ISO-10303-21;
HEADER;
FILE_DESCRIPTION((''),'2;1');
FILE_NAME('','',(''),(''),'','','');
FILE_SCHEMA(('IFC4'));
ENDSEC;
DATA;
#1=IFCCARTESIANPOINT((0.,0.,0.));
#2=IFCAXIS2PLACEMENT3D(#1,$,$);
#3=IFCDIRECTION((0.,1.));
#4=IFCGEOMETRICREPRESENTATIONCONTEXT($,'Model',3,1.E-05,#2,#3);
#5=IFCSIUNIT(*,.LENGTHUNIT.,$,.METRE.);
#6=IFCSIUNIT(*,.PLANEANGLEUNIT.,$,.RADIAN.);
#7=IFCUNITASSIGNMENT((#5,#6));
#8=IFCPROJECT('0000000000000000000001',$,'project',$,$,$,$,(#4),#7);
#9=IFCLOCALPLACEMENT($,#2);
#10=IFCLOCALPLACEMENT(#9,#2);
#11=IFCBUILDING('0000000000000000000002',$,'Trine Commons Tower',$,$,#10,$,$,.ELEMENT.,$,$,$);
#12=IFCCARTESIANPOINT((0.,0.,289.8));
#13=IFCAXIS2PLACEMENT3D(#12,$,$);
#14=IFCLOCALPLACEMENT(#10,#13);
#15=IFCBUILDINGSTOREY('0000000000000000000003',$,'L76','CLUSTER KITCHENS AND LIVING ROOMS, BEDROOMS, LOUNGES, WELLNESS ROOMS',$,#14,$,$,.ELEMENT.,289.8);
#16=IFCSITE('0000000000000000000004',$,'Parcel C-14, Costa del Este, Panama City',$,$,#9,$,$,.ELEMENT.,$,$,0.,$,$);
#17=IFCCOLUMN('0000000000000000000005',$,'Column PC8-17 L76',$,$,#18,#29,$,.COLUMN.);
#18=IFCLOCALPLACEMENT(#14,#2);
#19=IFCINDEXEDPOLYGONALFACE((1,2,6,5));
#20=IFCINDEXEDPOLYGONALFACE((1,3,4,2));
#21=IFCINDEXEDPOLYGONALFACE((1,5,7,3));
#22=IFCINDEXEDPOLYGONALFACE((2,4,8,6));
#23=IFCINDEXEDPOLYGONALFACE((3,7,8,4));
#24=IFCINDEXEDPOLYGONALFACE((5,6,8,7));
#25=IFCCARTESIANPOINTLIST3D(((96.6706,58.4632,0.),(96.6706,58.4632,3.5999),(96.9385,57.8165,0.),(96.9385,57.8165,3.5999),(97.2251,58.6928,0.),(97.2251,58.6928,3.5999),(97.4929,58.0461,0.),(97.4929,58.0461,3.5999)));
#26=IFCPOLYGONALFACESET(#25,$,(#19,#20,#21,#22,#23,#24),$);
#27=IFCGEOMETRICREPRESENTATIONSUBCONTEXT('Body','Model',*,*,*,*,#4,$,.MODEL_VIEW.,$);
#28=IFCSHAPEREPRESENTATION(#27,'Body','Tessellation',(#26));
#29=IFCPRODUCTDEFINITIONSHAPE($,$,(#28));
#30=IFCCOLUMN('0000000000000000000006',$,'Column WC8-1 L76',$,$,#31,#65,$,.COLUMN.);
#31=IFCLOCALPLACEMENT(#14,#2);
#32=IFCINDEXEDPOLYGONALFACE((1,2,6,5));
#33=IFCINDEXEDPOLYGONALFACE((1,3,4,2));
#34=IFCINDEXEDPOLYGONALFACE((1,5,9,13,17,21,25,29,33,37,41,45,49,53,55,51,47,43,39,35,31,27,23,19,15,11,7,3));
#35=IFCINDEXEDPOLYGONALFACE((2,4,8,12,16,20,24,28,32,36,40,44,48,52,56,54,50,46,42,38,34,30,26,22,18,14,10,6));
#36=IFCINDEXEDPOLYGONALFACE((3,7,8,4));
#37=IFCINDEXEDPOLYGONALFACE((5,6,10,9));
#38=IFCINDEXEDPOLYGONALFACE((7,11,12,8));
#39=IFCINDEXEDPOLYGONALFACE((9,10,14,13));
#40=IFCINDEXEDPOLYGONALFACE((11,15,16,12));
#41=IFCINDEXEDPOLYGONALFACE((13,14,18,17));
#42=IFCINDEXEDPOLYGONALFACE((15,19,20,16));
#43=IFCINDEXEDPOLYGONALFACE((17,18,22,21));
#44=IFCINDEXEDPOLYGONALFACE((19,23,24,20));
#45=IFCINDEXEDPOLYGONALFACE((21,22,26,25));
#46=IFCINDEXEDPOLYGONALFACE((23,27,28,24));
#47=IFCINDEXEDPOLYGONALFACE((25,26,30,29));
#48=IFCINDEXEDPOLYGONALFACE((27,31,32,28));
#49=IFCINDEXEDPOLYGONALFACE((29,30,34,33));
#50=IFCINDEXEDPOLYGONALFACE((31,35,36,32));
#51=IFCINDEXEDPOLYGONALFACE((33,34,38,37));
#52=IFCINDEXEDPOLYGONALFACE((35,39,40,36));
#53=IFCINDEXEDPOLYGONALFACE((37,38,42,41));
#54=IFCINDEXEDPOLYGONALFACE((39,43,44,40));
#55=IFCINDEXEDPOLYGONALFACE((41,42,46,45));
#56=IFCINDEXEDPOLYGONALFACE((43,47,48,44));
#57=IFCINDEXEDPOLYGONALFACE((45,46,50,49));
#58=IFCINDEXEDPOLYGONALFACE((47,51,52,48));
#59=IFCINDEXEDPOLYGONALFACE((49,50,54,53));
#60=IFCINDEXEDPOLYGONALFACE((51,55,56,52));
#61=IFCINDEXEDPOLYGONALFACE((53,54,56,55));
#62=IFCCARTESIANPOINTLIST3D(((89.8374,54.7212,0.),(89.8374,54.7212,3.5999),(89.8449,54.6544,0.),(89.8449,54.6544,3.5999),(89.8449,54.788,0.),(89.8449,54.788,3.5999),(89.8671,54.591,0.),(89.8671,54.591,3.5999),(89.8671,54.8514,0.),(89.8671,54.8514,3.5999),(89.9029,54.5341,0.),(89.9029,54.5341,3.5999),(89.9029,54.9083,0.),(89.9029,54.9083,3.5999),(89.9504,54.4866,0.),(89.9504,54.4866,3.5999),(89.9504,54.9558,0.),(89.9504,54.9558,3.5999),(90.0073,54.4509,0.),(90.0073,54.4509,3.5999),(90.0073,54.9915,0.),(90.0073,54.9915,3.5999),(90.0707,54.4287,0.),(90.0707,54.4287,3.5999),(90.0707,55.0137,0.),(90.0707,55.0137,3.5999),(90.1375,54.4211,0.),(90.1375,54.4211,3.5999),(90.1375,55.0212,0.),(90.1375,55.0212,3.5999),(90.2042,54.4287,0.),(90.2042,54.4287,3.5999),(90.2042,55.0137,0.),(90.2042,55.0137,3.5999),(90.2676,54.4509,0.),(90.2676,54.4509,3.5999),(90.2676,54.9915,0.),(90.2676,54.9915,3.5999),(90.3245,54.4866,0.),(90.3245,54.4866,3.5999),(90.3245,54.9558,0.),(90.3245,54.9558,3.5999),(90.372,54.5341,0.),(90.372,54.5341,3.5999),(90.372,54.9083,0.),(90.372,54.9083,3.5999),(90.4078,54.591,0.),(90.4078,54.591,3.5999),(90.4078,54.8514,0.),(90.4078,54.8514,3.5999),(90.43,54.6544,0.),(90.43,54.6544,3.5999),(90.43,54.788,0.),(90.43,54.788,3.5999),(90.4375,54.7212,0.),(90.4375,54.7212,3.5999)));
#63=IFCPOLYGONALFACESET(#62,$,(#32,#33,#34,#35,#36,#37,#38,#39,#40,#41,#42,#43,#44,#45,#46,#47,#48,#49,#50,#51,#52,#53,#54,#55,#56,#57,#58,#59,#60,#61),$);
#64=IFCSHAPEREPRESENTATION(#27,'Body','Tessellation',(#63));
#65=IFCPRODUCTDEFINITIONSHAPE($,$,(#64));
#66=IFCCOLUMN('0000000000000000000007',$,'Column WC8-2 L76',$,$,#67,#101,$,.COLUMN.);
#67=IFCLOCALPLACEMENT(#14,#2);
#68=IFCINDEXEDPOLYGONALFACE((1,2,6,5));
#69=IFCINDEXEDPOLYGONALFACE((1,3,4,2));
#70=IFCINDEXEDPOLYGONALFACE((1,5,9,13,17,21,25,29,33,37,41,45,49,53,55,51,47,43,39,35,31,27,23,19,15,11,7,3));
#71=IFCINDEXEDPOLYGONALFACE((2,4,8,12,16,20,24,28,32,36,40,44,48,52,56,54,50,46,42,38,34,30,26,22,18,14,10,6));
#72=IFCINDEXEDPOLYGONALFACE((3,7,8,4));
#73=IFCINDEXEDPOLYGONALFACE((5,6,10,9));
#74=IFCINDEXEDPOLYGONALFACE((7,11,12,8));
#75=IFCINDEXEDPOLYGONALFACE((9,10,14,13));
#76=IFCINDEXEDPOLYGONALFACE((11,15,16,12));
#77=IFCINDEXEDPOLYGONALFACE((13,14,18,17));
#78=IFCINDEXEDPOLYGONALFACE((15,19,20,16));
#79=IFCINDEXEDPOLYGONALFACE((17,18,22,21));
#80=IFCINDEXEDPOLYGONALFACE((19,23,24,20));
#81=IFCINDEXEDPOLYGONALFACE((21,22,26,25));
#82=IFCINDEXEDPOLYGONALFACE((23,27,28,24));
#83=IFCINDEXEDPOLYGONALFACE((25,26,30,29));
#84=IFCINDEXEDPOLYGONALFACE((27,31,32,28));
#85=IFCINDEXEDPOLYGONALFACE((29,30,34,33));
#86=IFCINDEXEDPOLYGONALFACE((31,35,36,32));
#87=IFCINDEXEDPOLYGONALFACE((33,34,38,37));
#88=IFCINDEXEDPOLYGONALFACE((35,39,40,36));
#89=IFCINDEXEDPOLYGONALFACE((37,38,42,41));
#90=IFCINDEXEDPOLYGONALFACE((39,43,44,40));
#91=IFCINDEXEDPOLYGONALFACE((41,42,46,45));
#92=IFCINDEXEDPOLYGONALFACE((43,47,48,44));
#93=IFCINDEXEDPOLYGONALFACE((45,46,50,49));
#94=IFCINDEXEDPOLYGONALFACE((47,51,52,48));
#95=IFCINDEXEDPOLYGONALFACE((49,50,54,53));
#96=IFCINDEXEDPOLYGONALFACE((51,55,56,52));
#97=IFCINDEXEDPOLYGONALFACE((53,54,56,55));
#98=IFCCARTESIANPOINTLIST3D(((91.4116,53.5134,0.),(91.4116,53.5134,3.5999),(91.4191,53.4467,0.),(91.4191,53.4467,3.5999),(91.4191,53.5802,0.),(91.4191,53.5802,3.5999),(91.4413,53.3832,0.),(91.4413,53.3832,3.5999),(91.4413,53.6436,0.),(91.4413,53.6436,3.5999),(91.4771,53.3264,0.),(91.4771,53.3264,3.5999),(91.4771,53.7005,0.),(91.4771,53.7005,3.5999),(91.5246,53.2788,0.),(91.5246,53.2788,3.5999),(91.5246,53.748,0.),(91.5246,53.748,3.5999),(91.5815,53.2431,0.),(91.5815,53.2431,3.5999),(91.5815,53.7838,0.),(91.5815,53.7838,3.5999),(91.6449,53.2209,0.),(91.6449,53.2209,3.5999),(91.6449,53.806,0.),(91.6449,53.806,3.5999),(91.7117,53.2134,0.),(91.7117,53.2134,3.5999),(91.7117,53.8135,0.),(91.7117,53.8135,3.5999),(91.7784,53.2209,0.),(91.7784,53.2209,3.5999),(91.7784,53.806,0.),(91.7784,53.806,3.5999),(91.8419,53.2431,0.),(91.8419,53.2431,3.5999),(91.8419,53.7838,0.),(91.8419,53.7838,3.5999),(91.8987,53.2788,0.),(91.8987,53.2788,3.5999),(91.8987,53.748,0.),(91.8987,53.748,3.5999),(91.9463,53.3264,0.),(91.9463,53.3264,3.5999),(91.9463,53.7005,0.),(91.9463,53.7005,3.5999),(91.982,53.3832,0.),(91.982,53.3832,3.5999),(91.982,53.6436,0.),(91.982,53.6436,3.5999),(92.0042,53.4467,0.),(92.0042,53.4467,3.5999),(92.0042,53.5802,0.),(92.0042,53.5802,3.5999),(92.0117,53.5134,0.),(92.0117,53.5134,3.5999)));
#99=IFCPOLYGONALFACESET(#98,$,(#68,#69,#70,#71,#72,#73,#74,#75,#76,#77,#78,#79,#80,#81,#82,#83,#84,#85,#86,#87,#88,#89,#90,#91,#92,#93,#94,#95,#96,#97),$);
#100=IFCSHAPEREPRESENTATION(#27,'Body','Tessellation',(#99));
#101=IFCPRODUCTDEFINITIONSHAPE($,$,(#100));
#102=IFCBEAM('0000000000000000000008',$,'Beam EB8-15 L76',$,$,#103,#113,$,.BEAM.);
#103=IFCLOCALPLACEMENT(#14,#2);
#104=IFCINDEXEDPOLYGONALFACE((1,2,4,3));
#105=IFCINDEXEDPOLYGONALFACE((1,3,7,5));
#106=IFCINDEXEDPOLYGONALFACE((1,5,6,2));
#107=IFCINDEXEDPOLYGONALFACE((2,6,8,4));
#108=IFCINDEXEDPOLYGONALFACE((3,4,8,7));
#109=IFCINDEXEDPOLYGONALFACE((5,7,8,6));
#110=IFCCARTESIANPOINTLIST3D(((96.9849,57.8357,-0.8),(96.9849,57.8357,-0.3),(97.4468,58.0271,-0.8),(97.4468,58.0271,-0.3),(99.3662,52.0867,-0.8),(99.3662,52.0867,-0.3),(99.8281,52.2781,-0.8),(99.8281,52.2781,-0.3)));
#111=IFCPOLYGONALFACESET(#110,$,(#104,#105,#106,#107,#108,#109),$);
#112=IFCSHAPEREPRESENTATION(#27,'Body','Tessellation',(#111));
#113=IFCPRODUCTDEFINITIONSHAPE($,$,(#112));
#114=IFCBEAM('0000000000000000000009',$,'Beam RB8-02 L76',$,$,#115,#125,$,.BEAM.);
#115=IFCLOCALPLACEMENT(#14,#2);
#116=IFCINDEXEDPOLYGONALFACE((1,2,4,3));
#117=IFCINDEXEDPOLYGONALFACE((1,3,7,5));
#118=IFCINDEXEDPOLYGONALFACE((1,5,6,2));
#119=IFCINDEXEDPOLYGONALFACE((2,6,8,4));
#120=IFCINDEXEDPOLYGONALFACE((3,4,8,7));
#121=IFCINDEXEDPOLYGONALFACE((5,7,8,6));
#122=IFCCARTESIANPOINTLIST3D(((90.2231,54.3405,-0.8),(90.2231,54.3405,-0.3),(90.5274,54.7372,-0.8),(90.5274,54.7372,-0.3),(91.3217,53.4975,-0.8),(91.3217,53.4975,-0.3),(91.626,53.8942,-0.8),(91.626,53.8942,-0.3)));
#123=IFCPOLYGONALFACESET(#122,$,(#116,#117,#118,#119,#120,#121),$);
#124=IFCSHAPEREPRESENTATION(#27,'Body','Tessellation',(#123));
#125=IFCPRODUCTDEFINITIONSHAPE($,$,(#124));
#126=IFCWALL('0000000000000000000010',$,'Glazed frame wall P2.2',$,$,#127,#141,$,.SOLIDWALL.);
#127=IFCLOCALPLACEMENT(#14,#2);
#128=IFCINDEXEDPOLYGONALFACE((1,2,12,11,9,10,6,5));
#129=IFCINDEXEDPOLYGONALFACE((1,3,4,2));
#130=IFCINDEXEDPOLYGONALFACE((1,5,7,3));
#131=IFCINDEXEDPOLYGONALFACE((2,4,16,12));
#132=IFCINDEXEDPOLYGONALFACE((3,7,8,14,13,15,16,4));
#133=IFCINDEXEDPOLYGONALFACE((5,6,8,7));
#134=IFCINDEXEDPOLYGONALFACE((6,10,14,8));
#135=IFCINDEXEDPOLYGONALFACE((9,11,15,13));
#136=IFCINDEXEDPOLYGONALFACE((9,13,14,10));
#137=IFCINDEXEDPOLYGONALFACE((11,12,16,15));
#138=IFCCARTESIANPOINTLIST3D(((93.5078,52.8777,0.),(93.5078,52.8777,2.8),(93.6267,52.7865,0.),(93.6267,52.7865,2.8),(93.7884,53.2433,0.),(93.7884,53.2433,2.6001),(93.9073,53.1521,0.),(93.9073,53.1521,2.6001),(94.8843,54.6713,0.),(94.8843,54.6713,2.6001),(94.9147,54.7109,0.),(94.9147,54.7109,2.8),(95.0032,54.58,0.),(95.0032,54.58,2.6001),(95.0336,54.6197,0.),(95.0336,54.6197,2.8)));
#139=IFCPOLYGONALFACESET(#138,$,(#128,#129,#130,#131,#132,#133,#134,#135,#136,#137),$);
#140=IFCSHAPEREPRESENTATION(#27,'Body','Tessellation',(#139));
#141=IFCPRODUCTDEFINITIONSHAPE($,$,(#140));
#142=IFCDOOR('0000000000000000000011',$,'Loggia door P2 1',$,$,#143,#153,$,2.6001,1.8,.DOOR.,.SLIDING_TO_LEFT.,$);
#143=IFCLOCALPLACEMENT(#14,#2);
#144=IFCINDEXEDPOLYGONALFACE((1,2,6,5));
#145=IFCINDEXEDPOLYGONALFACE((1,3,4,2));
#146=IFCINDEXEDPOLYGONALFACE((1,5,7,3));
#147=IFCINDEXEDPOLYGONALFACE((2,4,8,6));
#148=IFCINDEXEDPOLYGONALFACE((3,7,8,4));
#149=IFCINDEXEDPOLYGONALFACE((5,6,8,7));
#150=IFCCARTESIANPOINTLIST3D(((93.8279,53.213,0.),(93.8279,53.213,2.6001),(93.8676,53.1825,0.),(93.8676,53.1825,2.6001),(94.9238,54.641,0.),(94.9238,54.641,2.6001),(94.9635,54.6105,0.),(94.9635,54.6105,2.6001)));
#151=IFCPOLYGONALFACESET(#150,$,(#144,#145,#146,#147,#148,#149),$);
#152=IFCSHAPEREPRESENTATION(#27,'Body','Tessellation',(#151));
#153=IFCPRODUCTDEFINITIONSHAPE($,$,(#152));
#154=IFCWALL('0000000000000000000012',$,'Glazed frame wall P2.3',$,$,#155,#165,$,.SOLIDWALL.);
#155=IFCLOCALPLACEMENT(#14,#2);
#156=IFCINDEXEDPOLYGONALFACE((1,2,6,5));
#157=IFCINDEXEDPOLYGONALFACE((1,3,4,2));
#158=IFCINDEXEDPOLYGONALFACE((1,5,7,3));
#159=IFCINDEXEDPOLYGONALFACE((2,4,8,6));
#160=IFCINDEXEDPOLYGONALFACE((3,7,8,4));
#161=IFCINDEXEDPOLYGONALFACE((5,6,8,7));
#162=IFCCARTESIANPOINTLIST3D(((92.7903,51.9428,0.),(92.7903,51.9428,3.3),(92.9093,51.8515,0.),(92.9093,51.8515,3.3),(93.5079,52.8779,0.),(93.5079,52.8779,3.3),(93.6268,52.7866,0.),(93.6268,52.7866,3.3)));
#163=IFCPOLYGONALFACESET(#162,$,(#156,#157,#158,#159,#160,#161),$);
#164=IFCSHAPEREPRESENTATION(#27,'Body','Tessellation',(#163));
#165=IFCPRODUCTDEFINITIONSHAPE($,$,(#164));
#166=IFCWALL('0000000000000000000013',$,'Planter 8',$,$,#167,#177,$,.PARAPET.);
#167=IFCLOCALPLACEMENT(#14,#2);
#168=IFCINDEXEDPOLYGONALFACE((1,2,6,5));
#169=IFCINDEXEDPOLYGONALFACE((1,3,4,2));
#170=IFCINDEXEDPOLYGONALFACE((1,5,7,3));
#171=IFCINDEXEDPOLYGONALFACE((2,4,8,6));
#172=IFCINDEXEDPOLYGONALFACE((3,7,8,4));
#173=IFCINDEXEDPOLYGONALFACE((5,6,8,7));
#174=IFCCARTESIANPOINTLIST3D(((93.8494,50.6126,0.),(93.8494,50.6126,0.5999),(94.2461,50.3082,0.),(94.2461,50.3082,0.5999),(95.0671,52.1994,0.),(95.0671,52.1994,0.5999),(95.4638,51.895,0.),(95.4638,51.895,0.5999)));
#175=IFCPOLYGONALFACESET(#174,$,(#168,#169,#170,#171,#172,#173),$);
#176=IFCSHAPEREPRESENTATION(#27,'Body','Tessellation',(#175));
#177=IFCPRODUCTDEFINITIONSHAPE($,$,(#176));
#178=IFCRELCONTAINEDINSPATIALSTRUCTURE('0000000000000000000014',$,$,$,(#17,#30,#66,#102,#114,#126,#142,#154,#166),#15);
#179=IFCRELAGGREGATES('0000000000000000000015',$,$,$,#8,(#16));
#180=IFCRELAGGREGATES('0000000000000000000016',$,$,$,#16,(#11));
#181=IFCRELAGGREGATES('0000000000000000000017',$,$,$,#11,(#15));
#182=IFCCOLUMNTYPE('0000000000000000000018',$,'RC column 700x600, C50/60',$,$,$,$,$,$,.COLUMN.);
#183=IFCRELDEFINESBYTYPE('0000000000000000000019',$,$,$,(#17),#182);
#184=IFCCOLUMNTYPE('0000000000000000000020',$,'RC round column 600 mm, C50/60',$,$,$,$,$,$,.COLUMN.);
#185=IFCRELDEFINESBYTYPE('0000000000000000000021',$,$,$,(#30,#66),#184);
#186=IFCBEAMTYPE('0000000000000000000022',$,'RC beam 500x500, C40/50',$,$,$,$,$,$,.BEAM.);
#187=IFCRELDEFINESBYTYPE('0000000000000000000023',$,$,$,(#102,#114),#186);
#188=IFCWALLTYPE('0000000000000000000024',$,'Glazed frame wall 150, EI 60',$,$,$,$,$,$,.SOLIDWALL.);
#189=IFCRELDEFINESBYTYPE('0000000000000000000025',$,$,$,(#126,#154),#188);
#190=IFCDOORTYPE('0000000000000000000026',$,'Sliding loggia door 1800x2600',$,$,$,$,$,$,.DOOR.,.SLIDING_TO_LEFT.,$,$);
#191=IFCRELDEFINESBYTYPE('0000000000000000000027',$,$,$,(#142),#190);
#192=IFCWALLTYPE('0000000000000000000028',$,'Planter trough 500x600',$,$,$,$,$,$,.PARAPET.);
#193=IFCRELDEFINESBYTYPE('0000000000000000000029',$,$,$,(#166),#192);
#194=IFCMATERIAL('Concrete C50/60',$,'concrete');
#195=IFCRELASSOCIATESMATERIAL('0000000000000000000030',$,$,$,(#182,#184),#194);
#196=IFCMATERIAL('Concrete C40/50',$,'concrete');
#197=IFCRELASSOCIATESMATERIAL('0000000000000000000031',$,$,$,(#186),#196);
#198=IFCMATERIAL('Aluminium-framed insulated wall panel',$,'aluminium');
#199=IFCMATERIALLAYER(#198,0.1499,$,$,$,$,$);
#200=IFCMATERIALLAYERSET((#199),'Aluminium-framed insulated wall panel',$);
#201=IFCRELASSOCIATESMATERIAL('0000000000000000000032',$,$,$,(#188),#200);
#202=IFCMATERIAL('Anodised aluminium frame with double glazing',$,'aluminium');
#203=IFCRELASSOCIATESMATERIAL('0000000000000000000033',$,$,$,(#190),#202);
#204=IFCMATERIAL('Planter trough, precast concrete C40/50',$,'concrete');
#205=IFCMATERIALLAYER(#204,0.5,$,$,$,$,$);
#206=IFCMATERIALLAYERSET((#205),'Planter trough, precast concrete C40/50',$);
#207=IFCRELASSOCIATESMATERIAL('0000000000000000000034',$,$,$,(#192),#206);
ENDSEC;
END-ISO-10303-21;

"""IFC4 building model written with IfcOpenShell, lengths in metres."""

from ifc_helpers import new_model, si_unit, direction, frame, frame_2d, origin, origin_2d, place, context, subcontext, project, spatial, polyline, rectangle, circle, outline, extrude, material, layer, layer_set, material_profile, profile_set, type_object, element, fill, save


model = new_model("IFC4")

# Units and contexts
model_context = context("Model", 3, precision=1e-05, world=origin(), true_north=direction((0.0, 1.0)))
body_context = subcontext(model_context, "Body", "Model", "MODEL_VIEW")
ifc_project = project(units=[si_unit("LENGTHUNIT", "METRE"), si_unit("PLANEANGLEUNIT", "RADIAN")], contexts=[model_context])

# Site, building, storey
site_placement = place(None, origin())
site = spatial("IfcSite", under=ifc_project, at=site_placement, Name="Parcel C-14, Costa del Este, Panama City", CompositionType="ELEMENT", RefElevation=0.0)
building_placement = place(site_placement, origin())
building = spatial("IfcBuilding", under=site, at=building_placement, Name="Trine Commons Tower", CompositionType="ELEMENT")
storey_placement = place(building_placement, frame((0.0, 0.0, 289.8)))
storey = spatial("IfcBuildingStorey", under=building, at=storey_placement, Name="L76", Description="CLUSTER KITCHENS AND LIVING ROOMS, BEDROOMS, LOUNGES, WELLNESS ROOMS", CompositionType="ELEMENT", Elevation=289.8)

# Columns
ifc_material_1 = material(Name="Concrete C50/60", Category="concrete")
ifc_material_profile_1 = material_profile(ifc_material_1, rectangle(XDim=0.7, YDim=0.6001, at=origin_2d()), Name="RC 700x600")
ifc_profile_set_1 = profile_set([ifc_material_profile_1], Name="Concrete C50/60")
column_type_1 = type_object("IfcColumnType", Name="RC column 700x600, C50/60", PredefinedType="COLUMN", material=ifc_profile_set_1)
column_placement = place(storey_placement, frame((97.0818, 58.2546, 0.0), z_axis=(0.0, 0.0, 1.0), x_axis=(-0.382683, 0.92388, 0.0)))
element("IfcColumn", 1, at=column_placement, inside=storey, type_object=column_type_1, Name="Column PC8-17 L76", PredefinedType="COLUMN", context=body_context, shape_type="SweptSolid", body=[
    extrude(rectangle(XDim=0.7, YDim=0.6001, at=origin_2d()), origin(), (0.0, 0.0, 1.0), 3.5999),
])
ifc_material_profile_2 = material_profile(ifc_material_1, circle(Radius=0.3, at=origin_2d()), Name="RC round 600")
ifc_profile_set_2 = profile_set([ifc_material_profile_2], Name="Concrete C50/60")
column_type_2 = type_object("IfcColumnType", Name="RC round column 600 mm, C50/60", PredefinedType="COLUMN", material=ifc_profile_set_2)
for number, where, z_axis, x_axis, name in (
    (2, (90.1375, 54.7212, 0.0), (0.0, 0.0, 1.0), (1.0, 0.0, 0.0), "Column WC8-1 L76"),
    (3, (91.7117, 53.5134, 0.0), (0.0, 0.0, 1.0), (1.0, 0.0, 0.0), "Column WC8-2 L76"),
):
    element("IfcColumn", number, at=place(storey_placement, frame(where, z_axis=z_axis, x_axis=x_axis)), inside=storey, type_object=column_type_2, Name=name, PredefinedType="COLUMN", context=body_context, shape_type="SweptSolid", body=[
        extrude(circle(Radius=0.3, at=origin_2d()), origin(), (0.0, 0.0, 1.0), 3.5999),
    ])

# Beams
ifc_material_2 = material(Name="Concrete C40/50", Category="concrete")
ifc_material_profile_3 = material_profile(ifc_material_2, rectangle(XDim=0.5, YDim=0.5, at=origin_2d()), Name="RC 500x500")
ifc_profile_set_3 = profile_set([ifc_material_profile_3], Name="Concrete C40/50")
beam_type = type_object("IfcBeamType", Name="RC beam 500x500, C40/50", PredefinedType="BEAM", material=ifc_profile_set_3)
beam_1_placement = place(storey_placement, frame((97.2158, 57.9314, -0.55), z_axis=(0.382687, -0.923878, 0.0), x_axis=(0.923878, 0.382687, 0.0)))
element("IfcBeam", 4, at=beam_1_placement, inside=storey, type_object=beam_type, Name="Beam EB8-15 L76", PredefinedType="BEAM", context=body_context, shape_type="SweptSolid", body=[
    extrude(rectangle(XDim=0.5, YDim=0.5, at=origin_2d()), origin(), (0.0, 0.0, 1.0), 6.2227),
])
beam_2_placement = place(storey_placement, frame((90.3752, 54.5388, -0.55), z_axis=(0.793351, -0.608765, 0.0), x_axis=(0.608765, 0.793351, 0.0)))
element("IfcBeam", 5, at=beam_2_placement, inside=storey, type_object=beam_type, Name="Beam RB8-02 L76", PredefinedType="BEAM", context=body_context, shape_type="SweptSolid", body=[
    extrude(rectangle(XDim=0.5, YDim=0.5, at=origin_2d()), origin(), (0.0, 0.0, 1.0), 1.3848),
])

# Shared definitions
ifc_material_3 = material(Name="Aluminium-framed insulated wall panel", Category="aluminium")
ifc_layer_1 = layer(ifc_material_3, 0.1499)
ifc_layer_set_1 = layer_set([ifc_layer_1], Name="Aluminium-framed insulated wall panel")
wall_type_1 = type_object("IfcWallType", Name="Glazed frame wall 150, EI 60", PredefinedType="SOLIDWALL", material=ifc_layer_set_1)

# Wall, opening, door
wall_1_placement = place(storey_placement, frame((94.9741, 54.6653, 0.0), z_axis=(0.0, 0.0, 1.0), x_axis=(-0.608822, -0.793307, 0.0)))
wall_1 = element("IfcWall", 6, at=wall_1_placement, inside=storey, type_object=wall_type_1, Name="Glazed frame wall P2.2", PredefinedType="SOLIDWALL", context=body_context, shape_type="SweptSolid", body=[
    extrude(outline(polyline([(0.0, -0.075), (2.3108, -0.075), (2.3108, 0.075), (0.0, 0.075), (0.0, -0.075)])), origin(), (0.0, 0.0, 1.0), 2.8),
])
opening_1_placement = place(wall_1_placement, frame((0.05, 0.0, 0.0)))
opening_1 = element("IfcOpeningElement", 7, at=opening_1_placement, cuts=wall_1, PredefinedType="OPENING", context=body_context, shape_type="SweptSolid", body=[
    extrude(rectangle(XDim=1.8, YDim=2.6001, at=frame_2d((0.8999, 1.3))), frame((0.0, 0.085, 0.0), z_axis=(0.0, -1.0, 0.0), x_axis=(1.0, 0.0, 0.0)), (0.0, 0.0, 1.0), 0.1699),
])
ifc_material_4 = material(Name="Anodised aluminium frame with double glazing", Category="aluminium")
door_type_1 = type_object("IfcDoorType", Name="Sliding loggia door 1800x2600", OperationType="SLIDING_TO_LEFT", PredefinedType="DOOR", material=ifc_material_4)
door_1_placement = place(opening_1_placement, origin())
door_1 = element("IfcDoor", 8, at=door_1_placement, inside=storey, type_object=door_type_1, Name="Loggia door P2 1", OperationType="SLIDING_TO_LEFT", OverallHeight=2.6001, OverallWidth=1.8, PredefinedType="DOOR", context=body_context, shape_type="SweptSolid", body=[
    extrude(rectangle(XDim=1.8, YDim=2.6001, at=frame_2d((0.8999, 1.3))), frame((0.0, 0.0249, 0.0), z_axis=(0.0, -1.0, 0.0), x_axis=(1.0, 0.0, 0.0)), (0.0, 0.0, 1.0), 0.05),
])
fill(opening_1, door_1)

# Walls
wall_2_placement = place(storey_placement, frame((93.5674, 52.8323, 0.0), z_axis=(0.0, 0.0, 1.0), x_axis=(-0.608779, -0.79334, 0.0)))
element("IfcWall", 9, at=wall_2_placement, inside=storey, type_object=wall_type_1, Name="Glazed frame wall P2.3", PredefinedType="SOLIDWALL", context=body_context, shape_type="SweptSolid", body=[
    extrude(outline(polyline([(0.0, -0.075), (1.1787, -0.075), (1.1787, 0.075), (0.0, 0.075), (0.0, -0.075)])), origin(), (0.0, 0.0, 1.0), 3.3),
])
ifc_material_5 = material(Name="Planter trough, precast concrete C40/50", Category="concrete")
ifc_layer_2 = layer(ifc_material_5, 0.5)
ifc_layer_set_2 = layer_set([ifc_layer_2], Name="Planter trough, precast concrete C40/50")
wall_type_2 = type_object("IfcWallType", Name="Planter trough 500x600", PredefinedType="PARAPET", material=ifc_layer_set_2)
wall_3_placement = place(storey_placement, frame((95.2654, 52.0471, 0.0), z_axis=(0.0, 0.0, 1.0), x_axis=(-0.60879, -0.793331, 0.0)))
element("IfcWall", 10, at=wall_3_placement, inside=storey, type_object=wall_type_2, Name="Planter 8", PredefinedType="PARAPET", context=body_context, shape_type="SweptSolid", body=[
    extrude(rectangle(XDim=2.0002, YDim=0.5, at=frame_2d((1.0, 0.0))), origin(), (0.0, 0.0, 1.0), 0.5999),
])

save(model, "model.ifc")
